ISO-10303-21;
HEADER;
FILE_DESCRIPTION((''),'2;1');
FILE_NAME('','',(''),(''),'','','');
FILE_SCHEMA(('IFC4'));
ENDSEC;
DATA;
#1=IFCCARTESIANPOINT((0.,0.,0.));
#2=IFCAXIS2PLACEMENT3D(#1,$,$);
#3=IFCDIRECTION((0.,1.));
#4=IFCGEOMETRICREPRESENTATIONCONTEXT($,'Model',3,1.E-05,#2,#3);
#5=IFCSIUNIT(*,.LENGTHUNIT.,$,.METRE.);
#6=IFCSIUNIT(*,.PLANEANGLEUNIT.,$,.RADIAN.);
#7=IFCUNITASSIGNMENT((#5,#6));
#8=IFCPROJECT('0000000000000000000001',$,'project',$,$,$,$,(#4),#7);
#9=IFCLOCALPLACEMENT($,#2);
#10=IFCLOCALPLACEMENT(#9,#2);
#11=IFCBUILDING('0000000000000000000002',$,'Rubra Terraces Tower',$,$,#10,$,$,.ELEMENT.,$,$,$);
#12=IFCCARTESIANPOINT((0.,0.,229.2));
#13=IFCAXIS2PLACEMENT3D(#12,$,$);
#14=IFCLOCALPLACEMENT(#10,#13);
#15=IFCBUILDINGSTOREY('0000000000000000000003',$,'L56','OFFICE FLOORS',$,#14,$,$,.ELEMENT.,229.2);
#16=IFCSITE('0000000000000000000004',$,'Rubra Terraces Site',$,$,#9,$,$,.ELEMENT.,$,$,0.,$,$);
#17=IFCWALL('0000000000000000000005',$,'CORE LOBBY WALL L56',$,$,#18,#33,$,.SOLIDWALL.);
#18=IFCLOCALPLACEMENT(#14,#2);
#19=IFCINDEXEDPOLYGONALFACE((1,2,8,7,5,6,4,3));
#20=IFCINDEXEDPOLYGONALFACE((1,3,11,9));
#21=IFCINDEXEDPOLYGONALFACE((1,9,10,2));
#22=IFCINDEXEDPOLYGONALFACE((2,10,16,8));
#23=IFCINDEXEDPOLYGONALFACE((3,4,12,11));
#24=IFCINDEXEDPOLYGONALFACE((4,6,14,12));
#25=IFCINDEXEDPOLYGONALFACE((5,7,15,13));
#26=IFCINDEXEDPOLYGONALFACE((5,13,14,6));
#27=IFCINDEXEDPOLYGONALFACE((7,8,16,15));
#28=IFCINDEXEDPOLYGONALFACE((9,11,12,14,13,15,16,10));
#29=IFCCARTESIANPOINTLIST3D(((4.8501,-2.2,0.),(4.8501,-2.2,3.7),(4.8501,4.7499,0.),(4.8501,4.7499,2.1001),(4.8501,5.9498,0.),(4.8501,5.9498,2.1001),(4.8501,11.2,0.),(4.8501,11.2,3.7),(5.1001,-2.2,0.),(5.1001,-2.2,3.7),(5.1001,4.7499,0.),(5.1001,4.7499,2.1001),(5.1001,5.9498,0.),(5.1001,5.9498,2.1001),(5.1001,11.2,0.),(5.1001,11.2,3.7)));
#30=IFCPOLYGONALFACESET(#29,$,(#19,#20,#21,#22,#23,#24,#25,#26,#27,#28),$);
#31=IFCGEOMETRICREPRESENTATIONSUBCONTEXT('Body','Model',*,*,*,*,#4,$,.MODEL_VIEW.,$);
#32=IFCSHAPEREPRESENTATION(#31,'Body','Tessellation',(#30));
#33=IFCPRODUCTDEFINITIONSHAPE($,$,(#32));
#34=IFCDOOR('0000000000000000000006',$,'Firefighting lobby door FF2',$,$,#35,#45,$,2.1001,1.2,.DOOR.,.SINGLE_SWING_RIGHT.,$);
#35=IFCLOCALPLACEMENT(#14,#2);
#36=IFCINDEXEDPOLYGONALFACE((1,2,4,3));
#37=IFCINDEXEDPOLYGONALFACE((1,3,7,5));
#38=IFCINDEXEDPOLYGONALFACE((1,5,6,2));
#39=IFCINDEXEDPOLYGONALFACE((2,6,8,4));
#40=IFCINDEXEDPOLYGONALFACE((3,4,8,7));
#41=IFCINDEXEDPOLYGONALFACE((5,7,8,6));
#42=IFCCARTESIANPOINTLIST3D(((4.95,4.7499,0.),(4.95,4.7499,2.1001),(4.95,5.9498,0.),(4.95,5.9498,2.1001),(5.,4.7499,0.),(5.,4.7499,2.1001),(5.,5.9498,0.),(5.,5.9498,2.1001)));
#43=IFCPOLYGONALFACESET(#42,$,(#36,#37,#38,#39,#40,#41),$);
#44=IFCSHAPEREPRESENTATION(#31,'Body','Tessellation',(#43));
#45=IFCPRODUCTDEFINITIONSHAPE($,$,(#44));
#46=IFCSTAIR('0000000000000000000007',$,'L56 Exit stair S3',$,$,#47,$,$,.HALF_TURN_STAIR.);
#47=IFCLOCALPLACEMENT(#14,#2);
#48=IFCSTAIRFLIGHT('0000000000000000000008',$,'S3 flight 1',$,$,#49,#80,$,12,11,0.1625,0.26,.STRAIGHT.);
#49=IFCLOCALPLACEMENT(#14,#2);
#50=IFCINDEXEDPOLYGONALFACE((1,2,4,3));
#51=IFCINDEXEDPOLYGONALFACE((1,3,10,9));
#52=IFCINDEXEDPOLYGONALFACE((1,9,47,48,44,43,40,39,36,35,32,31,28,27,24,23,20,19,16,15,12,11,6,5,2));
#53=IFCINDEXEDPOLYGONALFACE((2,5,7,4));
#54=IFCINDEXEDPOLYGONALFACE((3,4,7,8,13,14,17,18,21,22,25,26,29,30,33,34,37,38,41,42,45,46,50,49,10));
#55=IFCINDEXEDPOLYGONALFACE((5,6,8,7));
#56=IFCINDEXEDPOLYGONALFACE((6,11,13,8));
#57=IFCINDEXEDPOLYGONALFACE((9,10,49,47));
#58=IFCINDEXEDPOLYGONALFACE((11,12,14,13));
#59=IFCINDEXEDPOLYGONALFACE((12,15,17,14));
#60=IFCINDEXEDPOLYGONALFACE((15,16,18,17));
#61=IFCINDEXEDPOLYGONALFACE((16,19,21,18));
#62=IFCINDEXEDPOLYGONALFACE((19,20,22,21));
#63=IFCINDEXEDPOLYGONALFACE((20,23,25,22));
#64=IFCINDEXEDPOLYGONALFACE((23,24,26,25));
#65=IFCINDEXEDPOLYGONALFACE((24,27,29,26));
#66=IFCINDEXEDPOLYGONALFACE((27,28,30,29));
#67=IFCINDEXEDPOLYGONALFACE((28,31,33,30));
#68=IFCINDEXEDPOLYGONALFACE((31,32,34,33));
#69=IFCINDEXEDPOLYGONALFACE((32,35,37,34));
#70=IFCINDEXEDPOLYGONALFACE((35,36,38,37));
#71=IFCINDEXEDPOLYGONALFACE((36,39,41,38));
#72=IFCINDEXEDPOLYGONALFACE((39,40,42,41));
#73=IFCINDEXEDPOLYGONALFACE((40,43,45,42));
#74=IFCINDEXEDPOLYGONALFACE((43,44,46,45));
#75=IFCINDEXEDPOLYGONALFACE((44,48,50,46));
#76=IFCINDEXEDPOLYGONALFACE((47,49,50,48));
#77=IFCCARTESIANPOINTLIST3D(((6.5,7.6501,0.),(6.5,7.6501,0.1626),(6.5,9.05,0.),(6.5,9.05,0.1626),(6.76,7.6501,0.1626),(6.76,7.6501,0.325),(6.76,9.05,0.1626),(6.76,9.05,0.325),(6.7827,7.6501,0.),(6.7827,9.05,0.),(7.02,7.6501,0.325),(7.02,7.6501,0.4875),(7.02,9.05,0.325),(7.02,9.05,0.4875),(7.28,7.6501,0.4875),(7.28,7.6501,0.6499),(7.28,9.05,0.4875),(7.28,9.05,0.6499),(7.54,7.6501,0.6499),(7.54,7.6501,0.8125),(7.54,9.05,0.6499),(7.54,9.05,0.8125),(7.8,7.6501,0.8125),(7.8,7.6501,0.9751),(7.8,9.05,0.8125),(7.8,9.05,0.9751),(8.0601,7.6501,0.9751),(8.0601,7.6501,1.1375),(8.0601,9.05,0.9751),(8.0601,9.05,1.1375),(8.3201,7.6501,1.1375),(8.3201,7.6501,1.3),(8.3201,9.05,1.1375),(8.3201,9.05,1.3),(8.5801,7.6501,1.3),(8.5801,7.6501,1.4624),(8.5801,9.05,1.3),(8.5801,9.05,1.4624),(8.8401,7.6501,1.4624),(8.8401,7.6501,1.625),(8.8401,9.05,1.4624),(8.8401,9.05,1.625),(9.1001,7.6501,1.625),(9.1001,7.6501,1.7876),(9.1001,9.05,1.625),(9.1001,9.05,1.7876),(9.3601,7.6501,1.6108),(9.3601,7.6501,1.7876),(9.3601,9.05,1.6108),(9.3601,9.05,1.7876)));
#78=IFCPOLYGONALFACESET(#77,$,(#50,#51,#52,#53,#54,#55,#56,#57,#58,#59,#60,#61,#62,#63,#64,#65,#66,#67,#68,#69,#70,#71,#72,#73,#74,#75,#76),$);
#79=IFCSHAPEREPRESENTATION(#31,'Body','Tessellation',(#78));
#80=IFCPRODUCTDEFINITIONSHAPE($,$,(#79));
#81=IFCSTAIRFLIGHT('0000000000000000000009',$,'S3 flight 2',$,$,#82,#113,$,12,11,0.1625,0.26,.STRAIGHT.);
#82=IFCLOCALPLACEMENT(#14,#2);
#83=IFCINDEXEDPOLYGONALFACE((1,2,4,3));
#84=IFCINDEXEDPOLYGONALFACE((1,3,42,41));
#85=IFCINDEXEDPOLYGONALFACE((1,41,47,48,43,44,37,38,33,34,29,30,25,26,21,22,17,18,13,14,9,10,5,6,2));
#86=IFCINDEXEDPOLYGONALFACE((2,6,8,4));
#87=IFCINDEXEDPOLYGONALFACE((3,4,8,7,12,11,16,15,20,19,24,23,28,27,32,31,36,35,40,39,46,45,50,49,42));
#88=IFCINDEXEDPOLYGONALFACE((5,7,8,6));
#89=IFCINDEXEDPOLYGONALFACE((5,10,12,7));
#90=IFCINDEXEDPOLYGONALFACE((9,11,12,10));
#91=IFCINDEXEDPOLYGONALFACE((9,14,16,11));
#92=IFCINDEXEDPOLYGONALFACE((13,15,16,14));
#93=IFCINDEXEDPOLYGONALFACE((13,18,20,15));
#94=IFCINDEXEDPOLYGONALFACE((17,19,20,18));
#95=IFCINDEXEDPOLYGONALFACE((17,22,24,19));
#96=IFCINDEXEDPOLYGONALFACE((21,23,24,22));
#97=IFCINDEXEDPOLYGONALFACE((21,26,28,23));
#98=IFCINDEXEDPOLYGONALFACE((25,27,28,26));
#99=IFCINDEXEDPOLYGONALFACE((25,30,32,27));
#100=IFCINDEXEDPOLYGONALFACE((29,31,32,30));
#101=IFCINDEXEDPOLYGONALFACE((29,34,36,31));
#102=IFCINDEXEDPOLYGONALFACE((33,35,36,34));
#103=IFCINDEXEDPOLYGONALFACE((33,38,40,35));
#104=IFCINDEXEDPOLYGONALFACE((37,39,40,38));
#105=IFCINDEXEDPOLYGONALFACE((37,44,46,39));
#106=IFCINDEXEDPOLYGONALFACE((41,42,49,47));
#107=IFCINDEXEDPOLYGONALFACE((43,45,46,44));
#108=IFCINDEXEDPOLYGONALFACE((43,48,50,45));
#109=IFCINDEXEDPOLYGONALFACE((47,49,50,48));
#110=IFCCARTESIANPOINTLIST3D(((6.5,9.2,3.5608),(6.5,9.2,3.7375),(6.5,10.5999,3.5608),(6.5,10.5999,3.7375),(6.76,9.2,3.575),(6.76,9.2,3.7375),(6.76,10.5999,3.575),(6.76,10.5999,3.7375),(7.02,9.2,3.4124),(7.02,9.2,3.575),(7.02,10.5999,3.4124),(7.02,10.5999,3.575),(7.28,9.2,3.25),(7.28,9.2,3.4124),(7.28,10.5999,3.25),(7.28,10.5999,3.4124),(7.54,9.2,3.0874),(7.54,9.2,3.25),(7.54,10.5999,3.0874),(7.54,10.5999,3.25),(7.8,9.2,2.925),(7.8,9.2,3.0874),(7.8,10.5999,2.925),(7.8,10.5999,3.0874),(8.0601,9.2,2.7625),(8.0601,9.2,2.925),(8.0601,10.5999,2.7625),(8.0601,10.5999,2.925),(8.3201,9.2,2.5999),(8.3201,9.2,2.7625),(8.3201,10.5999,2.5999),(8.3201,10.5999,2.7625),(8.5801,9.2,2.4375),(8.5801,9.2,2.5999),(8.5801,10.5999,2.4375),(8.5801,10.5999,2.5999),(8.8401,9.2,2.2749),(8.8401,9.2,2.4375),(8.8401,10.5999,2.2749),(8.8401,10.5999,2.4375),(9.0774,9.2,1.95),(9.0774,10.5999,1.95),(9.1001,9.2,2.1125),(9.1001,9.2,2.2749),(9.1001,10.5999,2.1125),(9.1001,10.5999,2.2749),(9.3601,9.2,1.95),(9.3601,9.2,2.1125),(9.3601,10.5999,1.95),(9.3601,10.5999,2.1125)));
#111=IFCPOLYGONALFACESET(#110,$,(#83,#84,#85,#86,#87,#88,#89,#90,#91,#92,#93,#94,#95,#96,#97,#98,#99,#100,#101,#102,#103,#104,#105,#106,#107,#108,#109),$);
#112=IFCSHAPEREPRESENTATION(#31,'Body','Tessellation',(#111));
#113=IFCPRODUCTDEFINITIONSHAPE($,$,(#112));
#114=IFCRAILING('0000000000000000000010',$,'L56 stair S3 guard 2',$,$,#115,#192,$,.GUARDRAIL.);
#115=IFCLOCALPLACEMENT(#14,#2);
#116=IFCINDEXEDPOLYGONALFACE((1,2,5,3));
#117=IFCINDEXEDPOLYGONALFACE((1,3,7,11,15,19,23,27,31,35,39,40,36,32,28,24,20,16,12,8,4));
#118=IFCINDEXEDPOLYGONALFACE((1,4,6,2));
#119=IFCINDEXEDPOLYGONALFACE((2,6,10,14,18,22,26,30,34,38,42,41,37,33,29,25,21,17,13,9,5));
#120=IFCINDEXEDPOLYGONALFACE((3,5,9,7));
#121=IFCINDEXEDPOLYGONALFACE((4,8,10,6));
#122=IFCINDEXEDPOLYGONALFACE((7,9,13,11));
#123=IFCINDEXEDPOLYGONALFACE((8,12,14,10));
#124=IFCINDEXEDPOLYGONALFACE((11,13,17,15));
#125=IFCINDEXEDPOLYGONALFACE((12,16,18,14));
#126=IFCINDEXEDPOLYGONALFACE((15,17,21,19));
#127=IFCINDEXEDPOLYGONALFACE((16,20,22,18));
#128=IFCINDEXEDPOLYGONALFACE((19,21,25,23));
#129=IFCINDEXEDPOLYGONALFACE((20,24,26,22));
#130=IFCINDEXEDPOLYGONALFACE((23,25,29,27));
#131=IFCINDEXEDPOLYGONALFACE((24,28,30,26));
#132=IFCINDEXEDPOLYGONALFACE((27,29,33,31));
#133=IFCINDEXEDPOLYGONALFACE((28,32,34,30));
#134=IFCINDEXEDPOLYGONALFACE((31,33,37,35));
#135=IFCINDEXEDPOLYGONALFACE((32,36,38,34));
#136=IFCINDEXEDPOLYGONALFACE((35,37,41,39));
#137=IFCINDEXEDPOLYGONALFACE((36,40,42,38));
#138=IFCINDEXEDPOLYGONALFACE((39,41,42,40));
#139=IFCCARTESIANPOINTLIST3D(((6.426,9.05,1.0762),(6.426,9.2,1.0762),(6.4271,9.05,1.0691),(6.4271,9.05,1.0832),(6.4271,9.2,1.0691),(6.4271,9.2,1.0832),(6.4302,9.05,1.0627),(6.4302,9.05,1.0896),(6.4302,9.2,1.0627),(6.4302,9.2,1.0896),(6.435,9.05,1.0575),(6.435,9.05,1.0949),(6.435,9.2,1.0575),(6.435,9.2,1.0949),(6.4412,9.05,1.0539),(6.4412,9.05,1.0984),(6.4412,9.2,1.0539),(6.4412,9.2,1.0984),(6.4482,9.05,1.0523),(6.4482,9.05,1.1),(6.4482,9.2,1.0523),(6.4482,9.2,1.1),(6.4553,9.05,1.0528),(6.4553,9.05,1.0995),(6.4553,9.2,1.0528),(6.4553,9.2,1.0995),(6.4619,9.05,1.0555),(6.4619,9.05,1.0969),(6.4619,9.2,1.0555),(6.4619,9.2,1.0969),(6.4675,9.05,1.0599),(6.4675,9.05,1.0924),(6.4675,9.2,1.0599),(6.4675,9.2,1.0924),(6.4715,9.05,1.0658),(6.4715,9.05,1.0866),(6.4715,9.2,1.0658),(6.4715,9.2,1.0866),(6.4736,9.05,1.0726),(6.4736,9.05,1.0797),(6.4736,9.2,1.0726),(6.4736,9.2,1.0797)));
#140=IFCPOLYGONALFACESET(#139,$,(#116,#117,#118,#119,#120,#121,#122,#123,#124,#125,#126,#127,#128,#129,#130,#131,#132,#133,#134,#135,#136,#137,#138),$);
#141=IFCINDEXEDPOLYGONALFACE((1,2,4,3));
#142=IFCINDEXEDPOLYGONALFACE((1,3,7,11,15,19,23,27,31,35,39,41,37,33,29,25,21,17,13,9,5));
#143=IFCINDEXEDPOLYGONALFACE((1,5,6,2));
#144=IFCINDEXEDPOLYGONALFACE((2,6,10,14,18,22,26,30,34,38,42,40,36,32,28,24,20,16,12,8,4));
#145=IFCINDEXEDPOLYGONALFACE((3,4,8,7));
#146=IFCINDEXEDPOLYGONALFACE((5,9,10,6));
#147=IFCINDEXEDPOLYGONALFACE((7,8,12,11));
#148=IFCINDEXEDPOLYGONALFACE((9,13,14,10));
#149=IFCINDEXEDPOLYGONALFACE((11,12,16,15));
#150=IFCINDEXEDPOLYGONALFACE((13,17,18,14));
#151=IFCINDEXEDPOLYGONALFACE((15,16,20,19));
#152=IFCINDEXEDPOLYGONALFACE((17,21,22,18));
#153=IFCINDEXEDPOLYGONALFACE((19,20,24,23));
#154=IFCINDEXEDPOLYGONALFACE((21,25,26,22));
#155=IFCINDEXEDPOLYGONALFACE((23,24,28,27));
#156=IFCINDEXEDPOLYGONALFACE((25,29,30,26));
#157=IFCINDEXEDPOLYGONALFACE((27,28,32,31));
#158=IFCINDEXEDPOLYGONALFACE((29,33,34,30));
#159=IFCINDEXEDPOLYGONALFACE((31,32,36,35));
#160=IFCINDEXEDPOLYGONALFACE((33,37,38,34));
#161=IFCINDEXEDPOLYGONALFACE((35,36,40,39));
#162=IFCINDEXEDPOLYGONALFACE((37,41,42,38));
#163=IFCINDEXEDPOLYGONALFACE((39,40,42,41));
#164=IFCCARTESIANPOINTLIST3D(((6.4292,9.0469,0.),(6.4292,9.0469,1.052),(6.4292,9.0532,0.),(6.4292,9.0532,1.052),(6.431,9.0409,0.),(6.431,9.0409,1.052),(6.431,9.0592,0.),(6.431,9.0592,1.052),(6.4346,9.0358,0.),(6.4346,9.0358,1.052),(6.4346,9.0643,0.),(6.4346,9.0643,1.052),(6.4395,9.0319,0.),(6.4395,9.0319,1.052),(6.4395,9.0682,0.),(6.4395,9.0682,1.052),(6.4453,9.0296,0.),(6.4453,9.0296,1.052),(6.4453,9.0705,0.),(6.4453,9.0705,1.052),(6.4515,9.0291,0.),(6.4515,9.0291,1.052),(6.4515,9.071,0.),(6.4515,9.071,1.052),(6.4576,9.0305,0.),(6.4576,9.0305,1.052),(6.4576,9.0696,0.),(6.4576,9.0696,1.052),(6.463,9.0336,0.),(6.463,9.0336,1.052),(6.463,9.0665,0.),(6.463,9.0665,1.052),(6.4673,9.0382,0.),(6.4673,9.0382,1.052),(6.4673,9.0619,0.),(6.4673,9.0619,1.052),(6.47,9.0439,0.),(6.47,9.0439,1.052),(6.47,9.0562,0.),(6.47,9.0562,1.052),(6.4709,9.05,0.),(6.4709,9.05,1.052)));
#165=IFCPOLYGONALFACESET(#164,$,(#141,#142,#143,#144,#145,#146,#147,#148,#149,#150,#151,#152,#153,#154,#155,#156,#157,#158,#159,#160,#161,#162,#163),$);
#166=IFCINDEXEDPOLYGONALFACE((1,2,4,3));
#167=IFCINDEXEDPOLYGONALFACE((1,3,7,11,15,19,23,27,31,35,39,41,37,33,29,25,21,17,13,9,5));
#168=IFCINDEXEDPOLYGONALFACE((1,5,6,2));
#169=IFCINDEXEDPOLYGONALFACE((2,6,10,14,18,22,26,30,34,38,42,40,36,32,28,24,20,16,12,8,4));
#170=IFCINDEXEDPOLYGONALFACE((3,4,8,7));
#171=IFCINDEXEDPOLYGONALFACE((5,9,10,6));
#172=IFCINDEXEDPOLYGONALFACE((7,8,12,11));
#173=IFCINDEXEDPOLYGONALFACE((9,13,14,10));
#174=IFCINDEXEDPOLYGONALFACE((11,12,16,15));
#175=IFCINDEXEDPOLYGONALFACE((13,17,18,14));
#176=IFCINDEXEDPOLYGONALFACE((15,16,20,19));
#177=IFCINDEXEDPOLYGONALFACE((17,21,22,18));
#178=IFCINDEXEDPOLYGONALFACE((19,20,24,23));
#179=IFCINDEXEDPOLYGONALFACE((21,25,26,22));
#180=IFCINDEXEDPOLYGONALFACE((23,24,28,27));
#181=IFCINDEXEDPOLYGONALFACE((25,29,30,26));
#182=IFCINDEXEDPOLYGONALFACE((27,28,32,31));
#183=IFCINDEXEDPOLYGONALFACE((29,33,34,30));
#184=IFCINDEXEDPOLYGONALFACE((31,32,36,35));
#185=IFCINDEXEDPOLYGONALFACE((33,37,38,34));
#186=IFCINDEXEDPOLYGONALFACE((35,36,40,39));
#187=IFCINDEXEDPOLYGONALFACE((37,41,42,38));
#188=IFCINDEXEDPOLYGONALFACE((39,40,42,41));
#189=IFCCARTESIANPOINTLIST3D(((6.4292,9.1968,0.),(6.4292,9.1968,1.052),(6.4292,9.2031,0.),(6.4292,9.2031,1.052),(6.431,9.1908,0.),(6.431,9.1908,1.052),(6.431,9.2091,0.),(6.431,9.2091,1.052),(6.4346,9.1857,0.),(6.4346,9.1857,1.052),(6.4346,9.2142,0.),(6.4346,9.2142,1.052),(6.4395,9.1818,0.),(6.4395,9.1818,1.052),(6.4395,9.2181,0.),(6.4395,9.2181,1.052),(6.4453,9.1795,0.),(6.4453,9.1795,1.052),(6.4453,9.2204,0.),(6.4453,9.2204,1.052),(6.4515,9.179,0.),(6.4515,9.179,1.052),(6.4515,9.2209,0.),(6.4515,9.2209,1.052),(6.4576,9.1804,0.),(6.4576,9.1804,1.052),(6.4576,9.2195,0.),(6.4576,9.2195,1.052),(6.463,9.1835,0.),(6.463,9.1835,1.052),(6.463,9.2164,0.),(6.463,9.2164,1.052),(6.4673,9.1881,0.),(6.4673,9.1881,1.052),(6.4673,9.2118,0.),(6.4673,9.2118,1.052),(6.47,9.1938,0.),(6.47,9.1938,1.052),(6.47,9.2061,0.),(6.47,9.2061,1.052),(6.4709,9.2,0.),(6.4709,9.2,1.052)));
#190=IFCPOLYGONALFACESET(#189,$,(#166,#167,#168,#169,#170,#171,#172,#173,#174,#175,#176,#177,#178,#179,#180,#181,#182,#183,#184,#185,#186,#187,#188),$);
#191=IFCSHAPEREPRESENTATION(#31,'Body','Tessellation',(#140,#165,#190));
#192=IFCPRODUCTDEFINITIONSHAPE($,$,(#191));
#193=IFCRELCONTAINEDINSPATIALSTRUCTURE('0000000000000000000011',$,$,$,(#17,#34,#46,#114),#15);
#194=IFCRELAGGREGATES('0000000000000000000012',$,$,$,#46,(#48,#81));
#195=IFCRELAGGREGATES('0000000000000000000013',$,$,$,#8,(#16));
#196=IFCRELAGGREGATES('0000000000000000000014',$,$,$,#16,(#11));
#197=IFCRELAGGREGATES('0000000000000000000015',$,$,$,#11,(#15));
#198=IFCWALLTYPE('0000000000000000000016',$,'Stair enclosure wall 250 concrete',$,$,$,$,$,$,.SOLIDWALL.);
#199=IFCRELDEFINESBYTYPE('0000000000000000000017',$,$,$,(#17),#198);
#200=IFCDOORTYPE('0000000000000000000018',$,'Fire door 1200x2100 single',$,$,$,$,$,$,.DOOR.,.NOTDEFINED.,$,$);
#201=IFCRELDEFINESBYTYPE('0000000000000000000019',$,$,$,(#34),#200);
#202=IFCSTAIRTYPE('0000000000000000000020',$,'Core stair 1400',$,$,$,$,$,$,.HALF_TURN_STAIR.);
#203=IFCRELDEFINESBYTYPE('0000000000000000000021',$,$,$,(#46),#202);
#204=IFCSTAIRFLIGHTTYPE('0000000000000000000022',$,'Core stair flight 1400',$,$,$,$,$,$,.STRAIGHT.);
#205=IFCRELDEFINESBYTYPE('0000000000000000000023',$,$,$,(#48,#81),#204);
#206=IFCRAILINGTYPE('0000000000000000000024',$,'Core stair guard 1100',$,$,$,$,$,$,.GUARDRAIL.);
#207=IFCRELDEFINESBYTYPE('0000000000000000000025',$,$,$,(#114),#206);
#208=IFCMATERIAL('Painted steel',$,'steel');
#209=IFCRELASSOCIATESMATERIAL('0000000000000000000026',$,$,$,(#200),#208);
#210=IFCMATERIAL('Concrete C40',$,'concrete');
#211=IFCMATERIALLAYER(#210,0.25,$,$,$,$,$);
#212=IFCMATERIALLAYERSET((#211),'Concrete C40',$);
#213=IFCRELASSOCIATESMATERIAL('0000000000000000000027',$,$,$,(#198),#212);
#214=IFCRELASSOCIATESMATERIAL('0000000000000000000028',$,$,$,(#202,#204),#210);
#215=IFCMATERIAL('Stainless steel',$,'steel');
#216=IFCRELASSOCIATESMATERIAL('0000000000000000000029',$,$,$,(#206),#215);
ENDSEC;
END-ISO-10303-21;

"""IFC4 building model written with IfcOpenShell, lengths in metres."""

from ifc_helpers import new_model, si_unit, direction, frame, frame_2d, origin, origin_2d, place, context, subcontext, project, spatial, polyline, rectangle, circle, outline, extrude, material, layer, layer_set, type_object, element, fill, aggregate, save


model = new_model("IFC4")

# Units and contexts
model_context = context("Model", 3, precision=1e-05, world=origin(), true_north=direction((0.0, 1.0)))
body_context = subcontext(model_context, "Body", "Model", "MODEL_VIEW")
ifc_project = project(units=[si_unit("LENGTHUNIT", "METRE"), si_unit("PLANEANGLEUNIT", "RADIAN")], contexts=[model_context])

# Site, building, storey
site_placement = place(None, origin())
site = spatial("IfcSite", under=ifc_project, at=site_placement, Name="Rubra Terraces Site", CompositionType="ELEMENT", RefElevation=0.0)
building_placement = place(site_placement, origin())
building = spatial("IfcBuilding", under=site, at=building_placement, Name="Rubra Terraces Tower", CompositionType="ELEMENT")
storey_placement = place(building_placement, frame((0.0, 0.0, 229.2)))
storey = spatial("IfcBuildingStorey", under=building, at=storey_placement, Name="L56", Description="OFFICE FLOORS", CompositionType="ELEMENT", Elevation=229.2)

# Shared definitions
ifc_material_1 = material(Name="Concrete C40", Category="concrete")

# Shared definitions
ifc_material_2 = material(Name="Painted steel", Category="steel")
door_type_1 = type_object("IfcDoorType", Name="Fire door 1200x2100 single", OperationType="NOTDEFINED", PredefinedType="DOOR", material=ifc_material_2)
ifc_material_3 = material(Name="Stainless steel", Category="steel")

# Wall, opening, door
ifc_layer_1 = layer(ifc_material_1, 0.25)
ifc_layer_set_1 = layer_set([ifc_layer_1], Name="Concrete C40")
wall_type_1 = type_object("IfcWallType", Name="Stair enclosure wall 250 concrete", PredefinedType="SOLIDWALL", material=ifc_layer_set_1)
wall_1_placement = place(storey_placement, frame((4.9751, 11.2, 0.0), z_axis=(0.0, 0.0, 1.0), x_axis=(0.0, -1.0, 0.0)))
wall_1 = element("IfcWall", 1, at=wall_1_placement, inside=storey, type_object=wall_type_1, Name="CORE LOBBY WALL L56", PredefinedType="SOLIDWALL", context=body_context, shape_type="SweptSolid", body=[
    extrude(rectangle(XDim=13.3999, YDim=0.25, at=frame_2d((6.7, 0.0))), origin(), (0.0, 0.0, 1.0), 3.7),
])
opening_1_placement = place(wall_1_placement, frame((5.25, 0.0, 0.0)))
opening_1 = element("IfcOpeningElement", 2, at=opening_1_placement, cuts=wall_1, PredefinedType="OPENING", context=body_context, shape_type="SweptSolid", body=[
    extrude(rectangle(XDim=1.2, YDim=2.1001, at=frame_2d((0.6001, 1.05))), frame((0.0, 0.135, 0.0), z_axis=(0.0, -1.0, 0.0), x_axis=(1.0, 0.0, 0.0)), (0.0, 0.0, 1.0), 0.27),
])
door_1_placement = place(opening_1_placement, origin())
door_1 = element("IfcDoor", 3, at=door_1_placement, inside=storey, type_object=door_type_1, Name="Firefighting lobby door FF2", OperationType="SINGLE_SWING_RIGHT", OverallHeight=2.1001, OverallWidth=1.2, PredefinedType="DOOR", context=body_context, shape_type="SweptSolid", body=[
    extrude(rectangle(XDim=1.2, YDim=2.1001, at=frame_2d((0.6001, 1.05))), frame((0.0, 0.0249, 0.0), z_axis=(0.0, -1.0, 0.0), x_axis=(1.0, 0.0, 0.0)), (0.0, 0.0, 1.0), 0.05),
])
fill(opening_1, door_1)

# Stair, stair flights
stair_type = type_object("IfcStairType", Name="Core stair 1400", PredefinedType="HALF_TURN_STAIR", material=ifc_material_1)
stair_placement = place(storey_placement, origin())
stair = element("IfcStair", 4, at=stair_placement, inside=storey, type_object=stair_type, Name="L56 Exit stair S3", PredefinedType="HALF_TURN_STAIR")
stair_flight_type = type_object("IfcStairFlightType", Name="Core stair flight 1400", PredefinedType="STRAIGHT", material=ifc_material_1)
stair_flight_1_placement = place(storey_placement, frame((6.5, 8.3501, 0.0), z_axis=(0.0, 0.0, 1.0), x_axis=(1.0, 0.0, 0.0)))
stair_flight_1 = element("IfcStairFlight", 5, at=stair_flight_1_placement, type_object=stair_flight_type, Name="S3 flight 1", NumberOfRisers=12, NumberOfTreads=11, PredefinedType="STRAIGHT", RiserHeight=0.1625, TreadLength=0.26, context=body_context, shape_type="SweptSolid", body=[
    extrude(outline(polyline([(0.0, 0.0), (0.0, 0.1626), (0.26, 0.1626), (0.26, 0.325), (0.52, 0.325), (0.52, 0.4875), (0.78, 0.4875), (0.78, 0.6499), (1.04, 0.6499), (1.04, 0.8125), (1.3, 0.8125), (1.3, 0.9751), (1.5601, 0.9751), (1.5601, 1.1375), (1.8201, 1.1375), (1.8201, 1.3), (2.0801, 1.3), (2.0801, 1.4624), (2.3401, 1.4624), (2.3401, 1.625), (2.6001, 1.625), (2.6001, 1.7876), (2.8601, 1.7876), (2.8601, 1.95), (2.8601, 1.6108), (0.2827, 0.0), (0.0, 0.0)])), frame((0.0, 0.7, 0.0), z_axis=(0.0, -1.0, 0.0), x_axis=(1.0, 0.0, 0.0)), (0.0, 0.0, 1.0), 1.3999),
])
stair_flight_2_placement = place(storey_placement, frame((9.3601, 9.8999, 1.95), z_axis=(0.0, 0.0, 1.0), x_axis=(-1.0, 0.0, 0.0)))
stair_flight_2 = element("IfcStairFlight", 6, at=stair_flight_2_placement, type_object=stair_flight_type, Name="S3 flight 2", NumberOfRisers=12, NumberOfTreads=11, PredefinedType="STRAIGHT", RiserHeight=0.1625, TreadLength=0.26, context=body_context, shape_type="SweptSolid", body=[
    extrude(outline(polyline([(0.0, 0.0), (0.0, 0.1626), (0.26, 0.1626), (0.26, 0.325), (0.52, 0.325), (0.52, 0.4875), (0.78, 0.4875), (0.78, 0.6499), (1.04, 0.6499), (1.04, 0.8125), (1.3, 0.8125), (1.3, 0.9751), (1.5601, 0.9751), (1.5601, 1.1375), (1.8201, 1.1375), (1.8201, 1.3), (2.0801, 1.3), (2.0801, 1.4624), (2.3401, 1.4624), (2.3401, 1.625), (2.6001, 1.625), (2.6001, 1.7876), (2.8601, 1.7876), (2.8601, 1.95), (2.8601, 1.6108), (0.2827, 0.0), (0.0, 0.0)])), frame((0.0, 0.7, 0.0), z_axis=(0.0, -1.0, 0.0), x_axis=(1.0, 0.0, 0.0)), (0.0, 0.0, 1.0), 1.3999),
])
aggregate(stair, [stair_flight_1, stair_flight_2])

# Railing
railing_type_1 = type_object("IfcRailingType", Name="Core stair guard 1100", PredefinedType="GUARDRAIL", material=ifc_material_3)
railing_1_placement = place(storey_placement, frame((6.45, 9.05, 0.0)))
element("IfcRailing", 7, at=railing_1_placement, inside=storey, type_object=railing_type_1, Name="L56 stair S3 guard 2", PredefinedType="GUARDRAIL", context=body_context, shape_type="SweptSolid", body=[
    extrude(circle(Radius=0.0239, at=origin_2d()), frame((0.0, 0.0, 1.0762), z_axis=(0.0, 1.0, 0.0), x_axis=(-1.0, 0.0, 0.0)), (0.0, 0.0, 1.0), 0.1499),
    extrude(circle(Radius=0.021, at=origin_2d()), origin(), (0.0, 0.0, 1.0), 1.052),
    extrude(circle(Radius=0.021, at=origin_2d()), frame((0.0, 0.1499, 0.0)), (0.0, 0.0, 1.0), 1.052),
])

save(model, "model.ifc")
